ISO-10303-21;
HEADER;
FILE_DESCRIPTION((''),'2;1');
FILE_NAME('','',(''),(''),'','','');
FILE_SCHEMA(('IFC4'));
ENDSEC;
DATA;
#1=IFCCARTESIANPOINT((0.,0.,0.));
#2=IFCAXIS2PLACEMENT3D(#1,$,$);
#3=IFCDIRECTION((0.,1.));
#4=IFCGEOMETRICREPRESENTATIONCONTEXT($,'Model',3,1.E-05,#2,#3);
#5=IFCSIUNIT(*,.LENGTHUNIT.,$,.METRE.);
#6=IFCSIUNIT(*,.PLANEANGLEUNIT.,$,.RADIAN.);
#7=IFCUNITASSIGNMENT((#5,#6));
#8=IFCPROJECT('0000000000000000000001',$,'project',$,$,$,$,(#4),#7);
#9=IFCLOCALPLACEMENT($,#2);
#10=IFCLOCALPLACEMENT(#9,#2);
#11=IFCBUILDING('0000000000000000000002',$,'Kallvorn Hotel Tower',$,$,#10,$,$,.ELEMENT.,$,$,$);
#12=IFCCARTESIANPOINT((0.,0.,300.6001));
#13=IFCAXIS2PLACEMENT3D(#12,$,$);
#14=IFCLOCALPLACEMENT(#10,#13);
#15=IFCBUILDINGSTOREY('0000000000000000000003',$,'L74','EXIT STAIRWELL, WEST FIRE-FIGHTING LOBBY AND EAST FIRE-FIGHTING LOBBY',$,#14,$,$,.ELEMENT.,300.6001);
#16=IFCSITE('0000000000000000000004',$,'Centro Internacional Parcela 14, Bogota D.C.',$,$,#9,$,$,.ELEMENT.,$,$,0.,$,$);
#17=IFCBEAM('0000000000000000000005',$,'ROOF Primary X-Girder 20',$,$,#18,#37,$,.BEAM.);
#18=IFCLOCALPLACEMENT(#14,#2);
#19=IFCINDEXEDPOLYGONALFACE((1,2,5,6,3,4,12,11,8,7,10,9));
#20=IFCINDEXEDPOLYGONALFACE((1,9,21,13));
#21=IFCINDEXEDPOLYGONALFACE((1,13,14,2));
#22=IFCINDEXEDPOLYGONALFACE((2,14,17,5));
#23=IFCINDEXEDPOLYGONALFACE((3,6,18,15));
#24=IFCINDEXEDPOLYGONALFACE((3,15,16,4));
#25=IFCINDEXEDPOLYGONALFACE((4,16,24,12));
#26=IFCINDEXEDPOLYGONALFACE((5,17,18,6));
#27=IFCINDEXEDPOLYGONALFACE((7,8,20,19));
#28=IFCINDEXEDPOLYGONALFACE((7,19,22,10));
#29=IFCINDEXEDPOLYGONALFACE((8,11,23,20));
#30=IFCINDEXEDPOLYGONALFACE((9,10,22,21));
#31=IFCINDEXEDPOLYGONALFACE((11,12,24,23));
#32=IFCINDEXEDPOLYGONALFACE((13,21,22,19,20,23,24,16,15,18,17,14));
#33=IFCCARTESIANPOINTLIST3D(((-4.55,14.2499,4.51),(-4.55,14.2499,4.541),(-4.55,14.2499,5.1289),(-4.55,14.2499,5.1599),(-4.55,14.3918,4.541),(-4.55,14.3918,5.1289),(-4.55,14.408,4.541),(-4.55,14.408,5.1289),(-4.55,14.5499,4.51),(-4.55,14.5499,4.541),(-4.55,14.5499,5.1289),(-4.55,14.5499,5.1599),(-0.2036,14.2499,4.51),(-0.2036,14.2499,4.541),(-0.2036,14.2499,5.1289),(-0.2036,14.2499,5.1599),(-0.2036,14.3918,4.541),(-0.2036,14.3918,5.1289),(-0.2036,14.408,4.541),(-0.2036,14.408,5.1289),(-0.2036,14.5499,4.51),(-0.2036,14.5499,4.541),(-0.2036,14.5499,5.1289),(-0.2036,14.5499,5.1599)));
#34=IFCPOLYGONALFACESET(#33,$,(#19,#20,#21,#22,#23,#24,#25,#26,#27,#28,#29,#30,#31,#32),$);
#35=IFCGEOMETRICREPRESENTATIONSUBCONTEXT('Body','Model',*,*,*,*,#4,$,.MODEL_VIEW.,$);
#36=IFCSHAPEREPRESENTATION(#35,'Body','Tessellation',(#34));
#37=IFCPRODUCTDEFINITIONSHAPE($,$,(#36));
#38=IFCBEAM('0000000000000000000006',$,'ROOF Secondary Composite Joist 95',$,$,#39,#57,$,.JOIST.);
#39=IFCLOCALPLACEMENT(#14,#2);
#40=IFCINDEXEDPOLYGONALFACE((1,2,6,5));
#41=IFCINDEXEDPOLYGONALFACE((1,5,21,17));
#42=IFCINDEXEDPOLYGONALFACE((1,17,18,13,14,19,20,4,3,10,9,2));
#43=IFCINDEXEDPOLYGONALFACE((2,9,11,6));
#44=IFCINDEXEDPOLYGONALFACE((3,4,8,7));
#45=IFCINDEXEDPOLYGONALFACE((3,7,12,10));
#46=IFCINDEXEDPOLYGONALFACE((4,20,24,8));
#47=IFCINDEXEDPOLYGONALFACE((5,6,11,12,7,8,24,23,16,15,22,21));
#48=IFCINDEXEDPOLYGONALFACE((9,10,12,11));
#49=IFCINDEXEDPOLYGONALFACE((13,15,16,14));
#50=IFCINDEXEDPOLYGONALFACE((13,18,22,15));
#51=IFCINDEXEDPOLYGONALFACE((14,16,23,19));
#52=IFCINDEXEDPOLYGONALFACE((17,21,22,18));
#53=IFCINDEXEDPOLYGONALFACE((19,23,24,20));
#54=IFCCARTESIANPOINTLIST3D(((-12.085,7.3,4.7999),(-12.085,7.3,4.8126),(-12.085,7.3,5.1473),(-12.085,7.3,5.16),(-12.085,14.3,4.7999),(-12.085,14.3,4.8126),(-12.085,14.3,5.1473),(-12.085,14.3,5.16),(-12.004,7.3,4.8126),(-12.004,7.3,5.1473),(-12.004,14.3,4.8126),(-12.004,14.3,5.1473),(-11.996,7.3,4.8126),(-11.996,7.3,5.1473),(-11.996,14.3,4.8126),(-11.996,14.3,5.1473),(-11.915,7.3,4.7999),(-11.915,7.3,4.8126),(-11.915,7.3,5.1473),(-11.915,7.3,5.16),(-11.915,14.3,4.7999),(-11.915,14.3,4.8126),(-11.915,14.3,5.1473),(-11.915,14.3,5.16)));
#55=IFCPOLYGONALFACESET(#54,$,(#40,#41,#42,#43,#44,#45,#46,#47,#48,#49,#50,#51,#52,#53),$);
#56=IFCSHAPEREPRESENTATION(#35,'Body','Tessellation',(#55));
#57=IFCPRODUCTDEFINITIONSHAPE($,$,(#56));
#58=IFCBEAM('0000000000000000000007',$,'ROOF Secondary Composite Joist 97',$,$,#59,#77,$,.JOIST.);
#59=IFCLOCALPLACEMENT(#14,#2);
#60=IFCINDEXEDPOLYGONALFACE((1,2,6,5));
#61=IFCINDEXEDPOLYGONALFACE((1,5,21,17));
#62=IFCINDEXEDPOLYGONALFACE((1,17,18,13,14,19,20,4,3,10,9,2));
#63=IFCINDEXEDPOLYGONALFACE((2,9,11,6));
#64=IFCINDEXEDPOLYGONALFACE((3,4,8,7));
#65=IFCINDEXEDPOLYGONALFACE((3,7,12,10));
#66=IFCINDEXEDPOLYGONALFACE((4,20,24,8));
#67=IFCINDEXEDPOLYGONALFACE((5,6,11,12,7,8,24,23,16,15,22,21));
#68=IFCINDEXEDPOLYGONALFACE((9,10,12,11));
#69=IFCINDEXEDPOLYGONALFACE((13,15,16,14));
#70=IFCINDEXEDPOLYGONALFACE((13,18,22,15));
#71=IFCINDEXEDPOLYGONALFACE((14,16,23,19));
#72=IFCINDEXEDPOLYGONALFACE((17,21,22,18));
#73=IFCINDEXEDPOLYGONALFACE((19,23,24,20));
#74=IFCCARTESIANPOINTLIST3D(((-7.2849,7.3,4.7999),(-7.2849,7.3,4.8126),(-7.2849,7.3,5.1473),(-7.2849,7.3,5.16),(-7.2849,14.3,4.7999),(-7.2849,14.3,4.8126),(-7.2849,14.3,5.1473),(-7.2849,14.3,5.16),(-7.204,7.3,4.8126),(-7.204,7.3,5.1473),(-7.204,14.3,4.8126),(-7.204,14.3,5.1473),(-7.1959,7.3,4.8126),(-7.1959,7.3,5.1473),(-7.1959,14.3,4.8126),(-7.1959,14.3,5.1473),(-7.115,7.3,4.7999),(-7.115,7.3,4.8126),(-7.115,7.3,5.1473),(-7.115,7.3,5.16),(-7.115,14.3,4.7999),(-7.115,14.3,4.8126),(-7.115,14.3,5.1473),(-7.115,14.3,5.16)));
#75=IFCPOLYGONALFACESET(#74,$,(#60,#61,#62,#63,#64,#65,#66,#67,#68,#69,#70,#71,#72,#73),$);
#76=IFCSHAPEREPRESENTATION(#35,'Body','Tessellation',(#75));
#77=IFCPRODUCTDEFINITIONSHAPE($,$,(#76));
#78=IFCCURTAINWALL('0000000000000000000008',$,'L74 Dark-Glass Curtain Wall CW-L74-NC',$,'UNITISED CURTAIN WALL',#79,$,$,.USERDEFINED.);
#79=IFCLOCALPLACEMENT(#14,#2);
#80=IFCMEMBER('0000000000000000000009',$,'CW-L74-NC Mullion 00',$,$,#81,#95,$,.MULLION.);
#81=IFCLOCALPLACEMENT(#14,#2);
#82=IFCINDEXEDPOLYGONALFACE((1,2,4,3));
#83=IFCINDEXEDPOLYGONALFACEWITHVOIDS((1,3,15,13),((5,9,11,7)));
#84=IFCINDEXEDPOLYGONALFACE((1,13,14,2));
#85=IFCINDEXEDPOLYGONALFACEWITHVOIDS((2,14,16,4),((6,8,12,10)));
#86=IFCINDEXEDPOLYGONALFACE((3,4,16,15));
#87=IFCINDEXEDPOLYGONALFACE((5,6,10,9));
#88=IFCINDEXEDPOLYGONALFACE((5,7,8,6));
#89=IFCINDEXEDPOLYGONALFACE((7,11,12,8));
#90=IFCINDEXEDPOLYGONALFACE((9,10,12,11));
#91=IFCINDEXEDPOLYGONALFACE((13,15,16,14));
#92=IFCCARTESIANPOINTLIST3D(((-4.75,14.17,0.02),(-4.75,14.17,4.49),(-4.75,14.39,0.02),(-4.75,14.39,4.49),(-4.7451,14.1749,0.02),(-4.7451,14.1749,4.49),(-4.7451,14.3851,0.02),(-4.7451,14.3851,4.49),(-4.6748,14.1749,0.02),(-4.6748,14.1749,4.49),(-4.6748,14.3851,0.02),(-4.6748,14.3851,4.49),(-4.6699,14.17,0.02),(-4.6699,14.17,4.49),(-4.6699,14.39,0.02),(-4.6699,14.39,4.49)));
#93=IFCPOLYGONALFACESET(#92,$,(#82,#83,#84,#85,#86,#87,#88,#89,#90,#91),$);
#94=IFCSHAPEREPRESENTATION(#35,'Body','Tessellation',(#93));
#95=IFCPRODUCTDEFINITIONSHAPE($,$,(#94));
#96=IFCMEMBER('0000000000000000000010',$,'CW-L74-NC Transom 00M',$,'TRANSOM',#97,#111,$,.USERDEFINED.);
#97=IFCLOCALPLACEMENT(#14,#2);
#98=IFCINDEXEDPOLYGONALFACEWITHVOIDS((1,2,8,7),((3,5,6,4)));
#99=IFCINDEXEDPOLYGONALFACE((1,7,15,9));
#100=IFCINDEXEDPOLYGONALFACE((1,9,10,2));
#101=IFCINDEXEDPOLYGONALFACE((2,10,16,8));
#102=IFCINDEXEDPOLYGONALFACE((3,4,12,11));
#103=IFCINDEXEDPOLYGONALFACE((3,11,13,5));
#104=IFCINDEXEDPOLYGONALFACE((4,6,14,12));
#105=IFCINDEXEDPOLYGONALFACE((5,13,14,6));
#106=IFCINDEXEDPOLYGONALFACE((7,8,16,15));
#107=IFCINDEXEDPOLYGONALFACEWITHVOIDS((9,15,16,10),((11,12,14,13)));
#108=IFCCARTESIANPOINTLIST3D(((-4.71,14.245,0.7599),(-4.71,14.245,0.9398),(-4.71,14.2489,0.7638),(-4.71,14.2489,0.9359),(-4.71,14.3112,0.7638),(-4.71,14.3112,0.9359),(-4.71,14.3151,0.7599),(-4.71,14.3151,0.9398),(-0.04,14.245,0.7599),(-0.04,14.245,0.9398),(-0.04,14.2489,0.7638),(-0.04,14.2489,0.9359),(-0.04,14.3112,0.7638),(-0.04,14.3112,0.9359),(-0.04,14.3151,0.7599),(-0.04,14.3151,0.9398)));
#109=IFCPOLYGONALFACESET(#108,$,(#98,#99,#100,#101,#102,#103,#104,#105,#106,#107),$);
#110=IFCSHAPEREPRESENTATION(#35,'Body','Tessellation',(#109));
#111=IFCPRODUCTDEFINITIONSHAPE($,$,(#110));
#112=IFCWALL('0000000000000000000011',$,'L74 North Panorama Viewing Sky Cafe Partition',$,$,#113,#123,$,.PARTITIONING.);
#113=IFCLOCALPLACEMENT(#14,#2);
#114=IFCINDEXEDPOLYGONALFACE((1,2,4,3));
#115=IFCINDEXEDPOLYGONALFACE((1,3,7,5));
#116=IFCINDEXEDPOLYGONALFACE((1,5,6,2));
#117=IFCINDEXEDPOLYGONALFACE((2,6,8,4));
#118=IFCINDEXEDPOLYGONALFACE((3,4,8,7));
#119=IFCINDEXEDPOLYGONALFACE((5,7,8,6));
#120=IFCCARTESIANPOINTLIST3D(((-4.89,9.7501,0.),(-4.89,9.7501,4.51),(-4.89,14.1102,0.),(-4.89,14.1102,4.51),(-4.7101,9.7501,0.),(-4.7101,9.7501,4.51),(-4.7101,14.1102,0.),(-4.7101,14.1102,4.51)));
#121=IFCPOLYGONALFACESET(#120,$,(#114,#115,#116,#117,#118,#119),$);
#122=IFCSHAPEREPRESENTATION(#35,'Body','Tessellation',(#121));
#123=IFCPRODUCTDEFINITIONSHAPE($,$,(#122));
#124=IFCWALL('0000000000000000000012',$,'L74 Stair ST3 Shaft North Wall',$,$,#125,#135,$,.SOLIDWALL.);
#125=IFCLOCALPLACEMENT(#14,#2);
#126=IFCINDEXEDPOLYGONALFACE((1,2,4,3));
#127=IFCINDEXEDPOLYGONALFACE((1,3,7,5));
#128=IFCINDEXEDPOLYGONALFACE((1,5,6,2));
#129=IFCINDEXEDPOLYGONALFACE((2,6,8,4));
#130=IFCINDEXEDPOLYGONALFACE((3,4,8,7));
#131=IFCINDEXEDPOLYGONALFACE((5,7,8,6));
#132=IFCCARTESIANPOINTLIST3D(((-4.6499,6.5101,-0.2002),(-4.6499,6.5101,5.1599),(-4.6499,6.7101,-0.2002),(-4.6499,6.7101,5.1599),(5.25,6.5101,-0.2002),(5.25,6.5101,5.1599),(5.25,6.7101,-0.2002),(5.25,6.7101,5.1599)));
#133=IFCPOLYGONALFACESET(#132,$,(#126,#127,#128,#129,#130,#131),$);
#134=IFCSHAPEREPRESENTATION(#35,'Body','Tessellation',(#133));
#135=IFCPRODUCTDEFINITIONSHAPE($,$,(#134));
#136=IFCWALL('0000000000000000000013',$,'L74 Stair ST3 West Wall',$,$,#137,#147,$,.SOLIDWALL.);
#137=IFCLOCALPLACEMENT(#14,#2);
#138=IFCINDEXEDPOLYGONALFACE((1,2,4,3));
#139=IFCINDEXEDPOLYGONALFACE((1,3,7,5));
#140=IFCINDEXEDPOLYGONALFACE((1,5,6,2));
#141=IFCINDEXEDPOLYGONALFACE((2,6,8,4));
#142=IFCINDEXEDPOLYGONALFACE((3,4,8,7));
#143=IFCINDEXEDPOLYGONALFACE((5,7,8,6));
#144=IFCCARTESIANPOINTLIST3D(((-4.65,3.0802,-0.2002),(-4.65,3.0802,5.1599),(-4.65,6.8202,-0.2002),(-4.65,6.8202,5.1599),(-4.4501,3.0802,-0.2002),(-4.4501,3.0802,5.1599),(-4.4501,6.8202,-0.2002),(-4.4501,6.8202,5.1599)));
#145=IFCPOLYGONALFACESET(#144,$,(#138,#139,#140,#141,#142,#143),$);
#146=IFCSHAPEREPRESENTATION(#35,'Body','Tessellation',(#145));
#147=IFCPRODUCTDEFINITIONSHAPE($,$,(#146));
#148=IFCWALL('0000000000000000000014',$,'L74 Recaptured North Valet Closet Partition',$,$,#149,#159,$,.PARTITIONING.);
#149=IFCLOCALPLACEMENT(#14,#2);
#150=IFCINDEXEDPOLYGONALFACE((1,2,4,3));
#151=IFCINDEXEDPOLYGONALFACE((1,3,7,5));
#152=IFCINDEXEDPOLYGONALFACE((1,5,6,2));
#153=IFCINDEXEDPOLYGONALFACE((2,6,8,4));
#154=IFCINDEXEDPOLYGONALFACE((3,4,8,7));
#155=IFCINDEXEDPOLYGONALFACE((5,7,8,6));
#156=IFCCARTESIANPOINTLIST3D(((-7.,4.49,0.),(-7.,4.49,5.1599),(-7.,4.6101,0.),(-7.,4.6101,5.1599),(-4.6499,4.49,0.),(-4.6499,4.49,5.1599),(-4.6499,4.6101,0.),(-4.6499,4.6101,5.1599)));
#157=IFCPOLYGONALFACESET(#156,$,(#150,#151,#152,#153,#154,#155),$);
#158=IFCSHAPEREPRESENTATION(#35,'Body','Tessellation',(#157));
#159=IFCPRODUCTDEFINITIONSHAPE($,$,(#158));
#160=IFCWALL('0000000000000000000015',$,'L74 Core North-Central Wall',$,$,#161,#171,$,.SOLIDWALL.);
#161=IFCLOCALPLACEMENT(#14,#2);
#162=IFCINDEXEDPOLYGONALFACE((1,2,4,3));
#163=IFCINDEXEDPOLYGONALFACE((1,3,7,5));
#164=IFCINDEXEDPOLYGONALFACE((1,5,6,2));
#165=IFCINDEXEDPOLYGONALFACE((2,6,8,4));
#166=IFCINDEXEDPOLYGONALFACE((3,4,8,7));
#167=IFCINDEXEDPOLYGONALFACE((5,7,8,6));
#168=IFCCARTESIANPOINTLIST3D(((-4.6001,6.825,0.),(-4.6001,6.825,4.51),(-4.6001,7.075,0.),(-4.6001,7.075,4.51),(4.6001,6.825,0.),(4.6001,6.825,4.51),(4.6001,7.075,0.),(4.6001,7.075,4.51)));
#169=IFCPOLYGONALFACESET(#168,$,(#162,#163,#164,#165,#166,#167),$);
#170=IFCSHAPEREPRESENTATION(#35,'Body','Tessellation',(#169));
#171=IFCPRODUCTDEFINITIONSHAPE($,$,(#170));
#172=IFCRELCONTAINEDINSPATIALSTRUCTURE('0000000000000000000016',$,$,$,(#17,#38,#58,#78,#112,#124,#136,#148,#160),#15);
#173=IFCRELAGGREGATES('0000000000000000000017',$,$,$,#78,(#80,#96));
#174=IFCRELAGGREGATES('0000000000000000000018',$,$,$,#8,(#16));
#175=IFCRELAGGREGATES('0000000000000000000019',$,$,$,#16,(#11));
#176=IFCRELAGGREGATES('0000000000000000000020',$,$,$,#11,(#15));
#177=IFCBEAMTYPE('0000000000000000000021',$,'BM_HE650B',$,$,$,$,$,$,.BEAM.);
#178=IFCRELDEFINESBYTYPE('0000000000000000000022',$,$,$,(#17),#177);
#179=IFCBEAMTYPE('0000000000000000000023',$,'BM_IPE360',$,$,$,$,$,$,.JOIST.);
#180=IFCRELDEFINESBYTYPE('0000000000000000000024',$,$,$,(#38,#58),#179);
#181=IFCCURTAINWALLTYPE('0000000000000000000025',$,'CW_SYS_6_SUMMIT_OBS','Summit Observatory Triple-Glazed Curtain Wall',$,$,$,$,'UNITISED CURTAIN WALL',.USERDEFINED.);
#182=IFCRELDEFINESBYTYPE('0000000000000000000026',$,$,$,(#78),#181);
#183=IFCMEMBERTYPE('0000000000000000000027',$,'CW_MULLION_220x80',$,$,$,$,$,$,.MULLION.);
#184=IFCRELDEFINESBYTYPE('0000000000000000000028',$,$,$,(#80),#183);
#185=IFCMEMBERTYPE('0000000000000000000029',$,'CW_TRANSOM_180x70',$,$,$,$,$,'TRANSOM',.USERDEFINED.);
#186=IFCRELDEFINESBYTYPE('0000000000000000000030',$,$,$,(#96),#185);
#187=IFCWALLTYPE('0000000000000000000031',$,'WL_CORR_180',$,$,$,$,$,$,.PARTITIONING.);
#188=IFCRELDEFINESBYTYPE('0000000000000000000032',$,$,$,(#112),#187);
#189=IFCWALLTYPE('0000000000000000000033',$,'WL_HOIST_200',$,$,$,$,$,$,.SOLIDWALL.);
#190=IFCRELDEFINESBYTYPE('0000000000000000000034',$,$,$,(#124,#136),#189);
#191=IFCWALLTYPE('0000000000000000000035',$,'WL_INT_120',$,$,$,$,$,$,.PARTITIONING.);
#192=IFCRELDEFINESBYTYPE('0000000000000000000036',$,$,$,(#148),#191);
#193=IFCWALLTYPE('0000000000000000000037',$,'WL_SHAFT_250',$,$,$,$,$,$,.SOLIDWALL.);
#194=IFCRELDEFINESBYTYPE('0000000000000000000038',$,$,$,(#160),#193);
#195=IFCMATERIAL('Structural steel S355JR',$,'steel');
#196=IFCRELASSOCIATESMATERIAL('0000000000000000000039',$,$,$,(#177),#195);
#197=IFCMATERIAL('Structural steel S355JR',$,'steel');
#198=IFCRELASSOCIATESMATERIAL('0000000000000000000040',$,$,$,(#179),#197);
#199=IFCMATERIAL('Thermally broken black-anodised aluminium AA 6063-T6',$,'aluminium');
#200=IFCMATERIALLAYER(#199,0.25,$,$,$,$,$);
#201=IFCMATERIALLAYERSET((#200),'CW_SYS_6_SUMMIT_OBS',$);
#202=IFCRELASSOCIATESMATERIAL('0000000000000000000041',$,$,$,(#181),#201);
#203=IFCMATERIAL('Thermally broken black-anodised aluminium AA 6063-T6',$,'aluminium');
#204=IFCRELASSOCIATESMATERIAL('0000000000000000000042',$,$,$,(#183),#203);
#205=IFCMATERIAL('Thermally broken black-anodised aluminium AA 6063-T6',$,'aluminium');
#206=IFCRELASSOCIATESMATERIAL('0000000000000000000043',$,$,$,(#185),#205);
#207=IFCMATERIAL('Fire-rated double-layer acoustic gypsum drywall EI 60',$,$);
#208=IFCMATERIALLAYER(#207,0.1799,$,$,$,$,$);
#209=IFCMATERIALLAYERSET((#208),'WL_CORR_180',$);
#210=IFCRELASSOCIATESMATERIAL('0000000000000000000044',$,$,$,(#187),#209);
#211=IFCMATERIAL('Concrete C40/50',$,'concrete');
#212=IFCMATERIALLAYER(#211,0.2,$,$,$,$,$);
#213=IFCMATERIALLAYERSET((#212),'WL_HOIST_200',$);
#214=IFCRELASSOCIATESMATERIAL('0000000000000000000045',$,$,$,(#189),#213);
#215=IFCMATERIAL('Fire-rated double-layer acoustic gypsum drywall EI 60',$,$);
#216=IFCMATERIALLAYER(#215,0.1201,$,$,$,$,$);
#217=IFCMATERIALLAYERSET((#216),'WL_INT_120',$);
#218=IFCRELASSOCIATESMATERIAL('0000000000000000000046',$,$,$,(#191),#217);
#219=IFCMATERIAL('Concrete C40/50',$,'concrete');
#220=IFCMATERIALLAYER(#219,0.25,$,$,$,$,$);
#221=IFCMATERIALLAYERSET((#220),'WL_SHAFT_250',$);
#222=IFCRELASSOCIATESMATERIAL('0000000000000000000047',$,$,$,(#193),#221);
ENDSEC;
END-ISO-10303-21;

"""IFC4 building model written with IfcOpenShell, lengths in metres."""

from ifc_helpers import new_model, si_unit, direction, frame, frame_2d, origin, origin_2d, place, context, subcontext, project, spatial, rectangle, hollow_rectangle, i_section, extrude, material, layer, layer_set, material_profile, profile_set, type_object, element, aggregate, save


model = new_model("IFC4")

# Units and contexts
model_context = context("Model", 3, precision=1e-05, world=origin(), true_north=direction((0.0, 1.0)))
body_context = subcontext(model_context, "Body", "Model", "MODEL_VIEW")
ifc_project = project(units=[si_unit("LENGTHUNIT", "METRE"), si_unit("PLANEANGLEUNIT", "RADIAN")], contexts=[model_context])

# Site, building, storey
site_placement = place(None, origin())
site = spatial("IfcSite", under=ifc_project, at=site_placement, Name="Centro Internacional Parcela 14, Bogota D.C.", CompositionType="ELEMENT", RefElevation=0.0)
building_placement = place(site_placement, origin())
building = spatial("IfcBuilding", under=site, at=building_placement, Name="Kallvorn Hotel Tower", CompositionType="ELEMENT")
storey_placement = place(building_placement, frame((0.0, 0.0, 300.6001)))
storey = spatial("IfcBuildingStorey", under=building, at=storey_placement, Name="L74", Description="EXIT STAIRWELL, WEST FIRE-FIGHTING LOBBY AND EAST FIRE-FIGHTING LOBBY", CompositionType="ELEMENT", Elevation=300.6001)

# Beams
ifc_material_1 = material(Name="Structural steel S355JR", Category="steel")
ifc_material_profile_1 = material_profile(ifc_material_1, i_section(OverallWidth=0.3, OverallDepth=0.6499, WebThickness=0.0161, FlangeThickness=0.031, at=origin_2d()), Name="HE 650 B")
ifc_profile_set_1 = profile_set([ifc_material_profile_1], Name="Structural steel S355JR")
beam_type_1 = type_object("IfcBeamType", Name="BM_HE650B", PredefinedType="BEAM", material=ifc_profile_set_1)
for number, where, z_axis, x_axis, name in (
    (1, (-4.55, 14.3999, 4.835), (1.0, 0.0, 0.0), (0.0, 1.0, 0.0), "ROOF Primary X-Girder 20"),
):
    element("IfcBeam", number, at=place(storey_placement, frame(where, z_axis=z_axis, x_axis=x_axis)), inside=storey, type_object=beam_type_1, Name=name, PredefinedType="BEAM", context=body_context, shape_type="SweptSolid", body=[
        extrude(i_section(OverallWidth=0.3, OverallDepth=0.6499, WebThickness=0.0161, FlangeThickness=0.031, at=origin_2d()), origin(), (0.0, 0.0, 1.0), 4.3464),
    ])
ifc_material_2 = material(Name="Structural steel S355JR", Category="steel")
ifc_material_profile_2 = material_profile(ifc_material_2, i_section(OverallWidth=0.1699, OverallDepth=0.3601, WebThickness=0.0081, FlangeThickness=0.0127, at=origin_2d()), Name="IPE 360")
ifc_profile_set_2 = profile_set([ifc_material_profile_2], Name="Structural steel S355JR")
beam_type_2 = type_object("IfcBeamType", Name="BM_IPE360", PredefinedType="JOIST", material=ifc_profile_set_2)
for number, where, z_axis, x_axis, name in (
    (2, (-12.0, 7.3, 4.98), (0.0, 1.0, 0.0), (-1.0, 0.0, 0.0), "ROOF Secondary Composite Joist 95"),
    (3, (-7.2, 7.3, 4.98), (0.0, 1.0, 0.0), (-1.0, 0.0, 0.0), "ROOF Secondary Composite Joist 97"),
):
    element("IfcBeam", number, at=place(storey_placement, frame(where, z_axis=z_axis, x_axis=x_axis)), inside=storey, type_object=beam_type_2, Name=name, PredefinedType="JOIST", context=body_context, shape_type="SweptSolid", body=[
        extrude(i_section(OverallWidth=0.1699, OverallDepth=0.3601, WebThickness=0.0081, FlangeThickness=0.0127, at=origin_2d()), origin(), (0.0, 0.0, 1.0), 7.0),
    ])

# Curtain wall, members
ifc_material_3 = material(Name="Thermally broken black-anodised aluminium AA 6063-T6", Category="aluminium")
ifc_layer_1 = layer(ifc_material_3, 0.25)
ifc_layer_set_1 = layer_set([ifc_layer_1], Name="CW_SYS_6_SUMMIT_OBS")
curtain_wall_type = type_object("IfcCurtainWallType", Name="CW_SYS_6_SUMMIT_OBS", Description="Summit Observatory Triple-Glazed Curtain Wall", ElementType="UNITISED CURTAIN WALL", PredefinedType="USERDEFINED", material=ifc_layer_set_1)
curtain_wall_placement = place(storey_placement, origin())
curtain_wall = element("IfcCurtainWall", 4, at=curtain_wall_placement, inside=storey, type_object=curtain_wall_type, Name="L74 Dark-Glass Curtain Wall CW-L74-NC", ObjectType="UNITISED CURTAIN WALL", PredefinedType="USERDEFINED")
ifc_material_4 = material(Name="Thermally broken black-anodised aluminium AA 6063-T6", Category="aluminium")
ifc_material_profile_3 = material_profile(ifc_material_4, hollow_rectangle(XDim=0.0801, YDim=0.22, WallThickness=0.0049, at=origin_2d()), Name="MUL 220x80")
ifc_profile_set_3 = profile_set([ifc_material_profile_3], Name="Thermally broken black-anodised aluminium AA 6063-T6")
member_type_1 = type_object("IfcMemberType", Name="CW_MULLION_220x80", PredefinedType="MULLION", material=ifc_profile_set_3)
member_1_placement = place(storey_placement, frame((-4.71, 14.28, 0.02), z_axis=(0.0, 0.0, 1.0), x_axis=(1.0, 0.0, 0.0)))
member_1 = element("IfcMember", 5, at=member_1_placement, type_object=member_type_1, Name="CW-L74-NC Mullion 00", PredefinedType="MULLION", context=body_context, shape_type="SweptSolid", body=[
    extrude(hollow_rectangle(XDim=0.0801, YDim=0.22, WallThickness=0.0049, at=origin_2d()), origin(), (0.0, 0.0, 1.0), 4.47),
])
ifc_material_5 = material(Name="Thermally broken black-anodised aluminium AA 6063-T6", Category="aluminium")
ifc_material_profile_4 = material_profile(ifc_material_5, hollow_rectangle(XDim=0.0701, YDim=0.1799, WallThickness=0.0039, at=origin_2d()), Name="TRN 180x70")
ifc_profile_set_4 = profile_set([ifc_material_profile_4], Name="Thermally broken black-anodised aluminium AA 6063-T6")
member_type_2 = type_object("IfcMemberType", Name="CW_TRANSOM_180x70", ElementType="TRANSOM", PredefinedType="USERDEFINED", material=ifc_profile_set_4)
member_2_placement = place(storey_placement, frame((-4.71, 14.28, 0.8499), z_axis=(1.0, 0.0, 0.0), x_axis=(0.0, 1.0, 0.0)))
member_2 = element("IfcMember", 6, at=member_2_placement, type_object=member_type_2, Name="CW-L74-NC Transom 00M", ObjectType="TRANSOM", PredefinedType="USERDEFINED", context=body_context, shape_type="SweptSolid", body=[
    extrude(hollow_rectangle(XDim=0.0701, YDim=0.1799, WallThickness=0.0039, at=origin_2d()), origin(), (0.0, 0.0, 1.0), 4.6699),
])
aggregate(curtain_wall, [member_1, member_2])

# Walls
ifc_material_6 = material(Name="Fire-rated double-layer acoustic gypsum drywall EI 60")
ifc_layer_2 = layer(ifc_material_6, 0.1799)
ifc_layer_set_2 = layer_set([ifc_layer_2], Name="WL_CORR_180")
wall_type_1 = type_object("IfcWallType", Name="WL_CORR_180", PredefinedType="PARTITIONING", material=ifc_layer_set_2)
wall_1_placement = place(storey_placement, frame((-4.8, 9.75, 0.0), z_axis=(0.0, 0.0, 1.0), x_axis=(0.0, 1.0, 0.0)))
element("IfcWall", 7, at=wall_1_placement, inside=storey, type_object=wall_type_1, Name="L74 North Panorama Viewing Sky Cafe Partition", PredefinedType="PARTITIONING", context=body_context, shape_type="SweptSolid", body=[
    extrude(rectangle(XDim=4.3601, YDim=0.1799, at=frame_2d((2.1802, 0.0))), origin(), (0.0, 0.0, 1.0), 4.51),
])
ifc_material_7 = material(Name="Concrete C40/50", Category="concrete")
ifc_layer_3 = layer(ifc_material_7, 0.2)
ifc_layer_set_3 = layer_set([ifc_layer_3], Name="WL_HOIST_200")
wall_type_2 = type_object("IfcWallType", Name="WL_HOIST_200", PredefinedType="SOLIDWALL", material=ifc_layer_set_3)
wall_2_placement = place(storey_placement, frame((-4.6499, 6.6101, -0.2002), z_axis=(0.0, 0.0, 1.0), x_axis=(1.0, 0.0, 0.0)))
element("IfcWall", 8, at=wall_2_placement, inside=storey, type_object=wall_type_2, Name="L74 Stair ST3 Shaft North Wall", PredefinedType="SOLIDWALL", context=body_context, shape_type="SweptSolid", body=[
    extrude(rectangle(XDim=9.8999, YDim=0.2, at=frame_2d((4.95, 0.0))), origin(), (0.0, 0.0, 1.0), 5.3601),
])
wall_3_placement = place(storey_placement, frame((-4.55, 3.0801, -0.2002), z_axis=(0.0, 0.0, 1.0), x_axis=(0.0, 1.0, 0.0)))
element("IfcWall", 9, at=wall_3_placement, inside=storey, type_object=wall_type_2, Name="L74 Stair ST3 West Wall", PredefinedType="SOLIDWALL", context=body_context, shape_type="SweptSolid", body=[
    extrude(rectangle(XDim=3.74, YDim=0.2, at=frame_2d((1.8701, 0.0))), origin(), (0.0, 0.0, 1.0), 5.3601),
])
ifc_material_8 = material(Name="Fire-rated double-layer acoustic gypsum drywall EI 60")
ifc_layer_4 = layer(ifc_material_8, 0.1201)
ifc_layer_set_4 = layer_set([ifc_layer_4], Name="WL_INT_120")
wall_type_3 = type_object("IfcWallType", Name="WL_INT_120", PredefinedType="PARTITIONING", material=ifc_layer_set_4)
wall_4_placement = place(storey_placement, frame((-7.0, 4.55, 0.0), z_axis=(0.0, 0.0, 1.0), x_axis=(1.0, 0.0, 0.0)))
element("IfcWall", 10, at=wall_4_placement, inside=storey, type_object=wall_type_3, Name="L74 Recaptured North Valet Closet Partition", PredefinedType="PARTITIONING", context=body_context, shape_type="SweptSolid", body=[
    extrude(rectangle(XDim=2.3501, YDim=0.1201, at=frame_2d((1.175, 0.0))), origin(), (0.0, 0.0, 1.0), 5.1599),
])
ifc_material_9 = material(Name="Concrete C40/50", Category="concrete")
ifc_layer_5 = layer(ifc_material_9, 0.25)
ifc_layer_set_5 = layer_set([ifc_layer_5], Name="WL_SHAFT_250")
wall_type_4 = type_object("IfcWallType", Name="WL_SHAFT_250", PredefinedType="SOLIDWALL", material=ifc_layer_set_5)
wall_5_placement = place(storey_placement, frame((-4.6001, 6.95, 0.0), z_axis=(0.0, 0.0, 1.0), x_axis=(1.0, 0.0, 0.0)))
element("IfcWall", 11, at=wall_5_placement, inside=storey, type_object=wall_type_4, Name="L74 Core North-Central Wall", PredefinedType="SOLIDWALL", context=body_context, shape_type="SweptSolid", body=[
    extrude(rectangle(XDim=9.2002, YDim=0.25, at=frame_2d((4.6001, 0.0))), origin(), (0.0, 0.0, 1.0), 4.51),
])

save(model, "model.ifc")
